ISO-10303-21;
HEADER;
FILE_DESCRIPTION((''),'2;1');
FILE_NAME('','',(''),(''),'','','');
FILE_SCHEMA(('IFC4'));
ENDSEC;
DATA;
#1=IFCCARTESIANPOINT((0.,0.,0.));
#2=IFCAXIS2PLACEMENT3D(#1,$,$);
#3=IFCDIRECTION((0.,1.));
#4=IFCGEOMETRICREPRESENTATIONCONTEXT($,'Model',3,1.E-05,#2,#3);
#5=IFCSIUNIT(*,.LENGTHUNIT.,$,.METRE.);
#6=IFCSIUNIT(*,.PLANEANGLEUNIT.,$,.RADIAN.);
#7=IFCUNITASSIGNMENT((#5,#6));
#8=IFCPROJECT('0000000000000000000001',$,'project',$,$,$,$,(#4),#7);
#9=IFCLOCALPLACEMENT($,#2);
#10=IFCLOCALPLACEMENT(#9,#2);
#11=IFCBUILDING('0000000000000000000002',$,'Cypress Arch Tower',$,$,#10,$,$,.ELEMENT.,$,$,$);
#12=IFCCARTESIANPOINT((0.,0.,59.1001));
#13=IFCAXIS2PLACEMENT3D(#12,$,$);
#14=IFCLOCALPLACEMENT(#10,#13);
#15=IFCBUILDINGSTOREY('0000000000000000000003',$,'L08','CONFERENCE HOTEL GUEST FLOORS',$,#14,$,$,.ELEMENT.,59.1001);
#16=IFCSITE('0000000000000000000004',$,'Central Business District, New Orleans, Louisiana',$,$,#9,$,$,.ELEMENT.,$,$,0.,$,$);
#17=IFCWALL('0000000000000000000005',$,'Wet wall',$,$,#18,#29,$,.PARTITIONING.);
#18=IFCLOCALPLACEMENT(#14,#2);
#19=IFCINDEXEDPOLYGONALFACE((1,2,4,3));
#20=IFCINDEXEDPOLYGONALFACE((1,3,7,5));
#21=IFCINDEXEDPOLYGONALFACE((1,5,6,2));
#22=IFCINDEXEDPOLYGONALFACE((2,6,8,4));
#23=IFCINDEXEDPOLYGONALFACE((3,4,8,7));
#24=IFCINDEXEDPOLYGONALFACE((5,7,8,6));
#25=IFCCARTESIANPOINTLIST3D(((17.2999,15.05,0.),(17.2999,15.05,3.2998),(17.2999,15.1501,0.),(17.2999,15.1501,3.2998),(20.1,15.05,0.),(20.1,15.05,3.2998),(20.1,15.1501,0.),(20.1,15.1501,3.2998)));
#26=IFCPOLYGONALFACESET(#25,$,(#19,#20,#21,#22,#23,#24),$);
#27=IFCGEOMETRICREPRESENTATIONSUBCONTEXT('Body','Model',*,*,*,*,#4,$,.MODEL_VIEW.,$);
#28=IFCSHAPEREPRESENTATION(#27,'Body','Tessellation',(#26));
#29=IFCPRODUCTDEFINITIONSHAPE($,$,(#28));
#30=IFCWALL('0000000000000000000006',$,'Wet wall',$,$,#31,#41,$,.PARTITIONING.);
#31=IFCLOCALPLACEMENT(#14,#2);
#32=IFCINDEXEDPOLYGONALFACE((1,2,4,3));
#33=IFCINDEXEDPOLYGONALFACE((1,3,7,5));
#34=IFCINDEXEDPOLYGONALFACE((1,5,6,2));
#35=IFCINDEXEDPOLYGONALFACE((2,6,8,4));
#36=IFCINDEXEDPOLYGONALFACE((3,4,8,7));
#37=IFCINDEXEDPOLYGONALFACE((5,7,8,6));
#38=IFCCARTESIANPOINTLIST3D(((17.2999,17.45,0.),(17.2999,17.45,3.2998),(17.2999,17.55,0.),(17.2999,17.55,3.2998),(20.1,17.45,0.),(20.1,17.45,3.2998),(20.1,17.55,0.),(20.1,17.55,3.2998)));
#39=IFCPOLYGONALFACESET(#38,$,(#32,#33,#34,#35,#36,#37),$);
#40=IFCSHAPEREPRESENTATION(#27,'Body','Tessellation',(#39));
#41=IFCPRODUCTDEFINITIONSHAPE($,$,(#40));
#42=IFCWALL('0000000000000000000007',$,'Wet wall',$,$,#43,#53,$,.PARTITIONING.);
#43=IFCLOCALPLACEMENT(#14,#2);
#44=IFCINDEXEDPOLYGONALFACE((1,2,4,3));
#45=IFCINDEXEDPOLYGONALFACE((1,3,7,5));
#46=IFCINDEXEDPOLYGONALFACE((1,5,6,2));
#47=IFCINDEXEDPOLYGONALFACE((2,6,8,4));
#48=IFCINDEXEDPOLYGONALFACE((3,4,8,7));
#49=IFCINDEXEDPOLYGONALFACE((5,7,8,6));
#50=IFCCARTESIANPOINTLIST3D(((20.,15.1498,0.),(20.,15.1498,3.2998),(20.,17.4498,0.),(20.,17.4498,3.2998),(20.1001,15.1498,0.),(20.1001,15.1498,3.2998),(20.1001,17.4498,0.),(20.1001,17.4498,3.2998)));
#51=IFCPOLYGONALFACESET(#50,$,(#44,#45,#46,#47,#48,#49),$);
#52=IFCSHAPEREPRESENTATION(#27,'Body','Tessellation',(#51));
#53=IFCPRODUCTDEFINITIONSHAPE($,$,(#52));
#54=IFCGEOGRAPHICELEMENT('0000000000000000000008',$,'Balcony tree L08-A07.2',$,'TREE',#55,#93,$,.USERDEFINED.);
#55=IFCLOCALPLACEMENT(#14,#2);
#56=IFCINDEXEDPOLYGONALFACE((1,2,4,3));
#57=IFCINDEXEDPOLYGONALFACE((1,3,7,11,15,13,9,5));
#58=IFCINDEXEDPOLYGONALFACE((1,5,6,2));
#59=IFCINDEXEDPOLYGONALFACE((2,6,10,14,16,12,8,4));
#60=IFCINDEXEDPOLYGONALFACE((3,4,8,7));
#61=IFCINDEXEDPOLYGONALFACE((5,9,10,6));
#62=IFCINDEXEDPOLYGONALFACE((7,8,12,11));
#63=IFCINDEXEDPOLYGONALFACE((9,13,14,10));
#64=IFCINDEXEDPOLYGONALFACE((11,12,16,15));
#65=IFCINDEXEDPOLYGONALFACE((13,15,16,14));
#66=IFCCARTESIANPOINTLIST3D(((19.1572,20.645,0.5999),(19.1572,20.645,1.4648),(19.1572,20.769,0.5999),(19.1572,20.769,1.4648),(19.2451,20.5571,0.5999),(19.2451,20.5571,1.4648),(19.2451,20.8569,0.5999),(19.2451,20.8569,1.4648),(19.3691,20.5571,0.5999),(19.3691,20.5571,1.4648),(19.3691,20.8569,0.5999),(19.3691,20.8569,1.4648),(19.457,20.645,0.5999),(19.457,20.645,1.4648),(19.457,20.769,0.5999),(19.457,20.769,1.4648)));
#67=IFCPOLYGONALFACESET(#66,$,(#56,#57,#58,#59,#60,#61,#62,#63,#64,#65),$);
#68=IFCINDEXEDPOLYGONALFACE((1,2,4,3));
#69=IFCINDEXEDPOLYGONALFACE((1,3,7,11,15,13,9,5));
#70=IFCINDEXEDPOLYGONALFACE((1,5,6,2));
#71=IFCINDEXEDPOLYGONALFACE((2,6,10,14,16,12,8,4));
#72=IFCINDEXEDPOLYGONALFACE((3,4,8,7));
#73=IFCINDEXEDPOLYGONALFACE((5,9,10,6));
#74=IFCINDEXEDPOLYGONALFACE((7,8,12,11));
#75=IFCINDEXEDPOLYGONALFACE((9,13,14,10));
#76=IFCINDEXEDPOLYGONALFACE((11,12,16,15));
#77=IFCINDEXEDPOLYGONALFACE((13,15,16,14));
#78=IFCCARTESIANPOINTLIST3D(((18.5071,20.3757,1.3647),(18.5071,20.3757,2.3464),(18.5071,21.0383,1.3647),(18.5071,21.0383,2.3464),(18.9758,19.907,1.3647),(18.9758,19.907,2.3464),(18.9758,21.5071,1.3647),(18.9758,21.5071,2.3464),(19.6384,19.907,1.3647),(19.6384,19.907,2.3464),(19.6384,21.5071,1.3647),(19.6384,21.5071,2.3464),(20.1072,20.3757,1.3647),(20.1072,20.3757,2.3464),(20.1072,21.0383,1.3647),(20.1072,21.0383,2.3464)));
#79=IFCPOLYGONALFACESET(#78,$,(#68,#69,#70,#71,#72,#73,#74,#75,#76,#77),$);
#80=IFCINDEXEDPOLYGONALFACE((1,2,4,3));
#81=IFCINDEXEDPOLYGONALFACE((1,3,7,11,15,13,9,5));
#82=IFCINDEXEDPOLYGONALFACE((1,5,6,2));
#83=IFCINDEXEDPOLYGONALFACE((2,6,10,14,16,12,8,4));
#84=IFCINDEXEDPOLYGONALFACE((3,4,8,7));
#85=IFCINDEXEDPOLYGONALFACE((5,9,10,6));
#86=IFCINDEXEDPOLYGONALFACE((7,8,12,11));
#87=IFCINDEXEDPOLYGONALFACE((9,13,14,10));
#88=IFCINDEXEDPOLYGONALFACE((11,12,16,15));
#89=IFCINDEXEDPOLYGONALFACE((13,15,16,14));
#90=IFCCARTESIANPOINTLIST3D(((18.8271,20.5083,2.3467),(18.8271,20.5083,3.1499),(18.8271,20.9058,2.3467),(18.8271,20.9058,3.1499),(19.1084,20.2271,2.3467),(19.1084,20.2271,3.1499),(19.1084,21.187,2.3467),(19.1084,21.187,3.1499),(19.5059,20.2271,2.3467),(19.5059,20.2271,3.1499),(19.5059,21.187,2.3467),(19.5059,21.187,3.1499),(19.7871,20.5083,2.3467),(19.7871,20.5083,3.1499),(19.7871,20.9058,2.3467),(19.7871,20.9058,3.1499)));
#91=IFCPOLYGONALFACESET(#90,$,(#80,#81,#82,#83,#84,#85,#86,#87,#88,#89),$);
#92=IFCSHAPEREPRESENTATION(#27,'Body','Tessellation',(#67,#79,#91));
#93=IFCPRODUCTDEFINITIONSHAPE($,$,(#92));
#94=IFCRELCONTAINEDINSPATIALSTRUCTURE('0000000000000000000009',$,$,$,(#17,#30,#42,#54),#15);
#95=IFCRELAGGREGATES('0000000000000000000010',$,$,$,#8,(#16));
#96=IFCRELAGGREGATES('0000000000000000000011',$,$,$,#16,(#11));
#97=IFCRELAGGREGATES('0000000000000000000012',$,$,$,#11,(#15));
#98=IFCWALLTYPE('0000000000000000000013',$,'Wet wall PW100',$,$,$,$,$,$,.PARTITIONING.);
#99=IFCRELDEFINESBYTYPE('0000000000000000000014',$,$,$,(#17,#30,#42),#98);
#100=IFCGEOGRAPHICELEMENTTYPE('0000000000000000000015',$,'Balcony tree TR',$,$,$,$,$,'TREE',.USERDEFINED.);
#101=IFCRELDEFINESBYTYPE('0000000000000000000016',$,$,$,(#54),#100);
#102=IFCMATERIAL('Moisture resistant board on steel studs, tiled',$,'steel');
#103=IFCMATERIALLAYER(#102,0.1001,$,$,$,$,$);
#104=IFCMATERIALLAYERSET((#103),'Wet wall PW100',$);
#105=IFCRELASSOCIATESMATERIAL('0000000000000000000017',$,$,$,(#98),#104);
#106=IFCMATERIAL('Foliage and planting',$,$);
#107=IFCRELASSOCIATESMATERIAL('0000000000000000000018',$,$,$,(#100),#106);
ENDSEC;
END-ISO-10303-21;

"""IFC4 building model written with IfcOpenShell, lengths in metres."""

from ifc_helpers import new_model, si_unit, direction, frame, frame_2d, origin, place, context, subcontext, project, spatial, polyline, rectangle, outline, extrude, material, layer, layer_set, type_object, element, save


model = new_model("IFC4")

# Units and contexts
model_context = context("Model", 3, precision=1e-05, world=origin(), true_north=direction((0.0, 1.0)))
body_context = subcontext(model_context, "Body", "Model", "MODEL_VIEW")
ifc_project = project(units=[si_unit("LENGTHUNIT", "METRE"), si_unit("PLANEANGLEUNIT", "RADIAN")], contexts=[model_context])

# Site, building, storey
site_placement = place(None, origin())
site = spatial("IfcSite", under=ifc_project, at=site_placement, Name="Central Business District, New Orleans, Louisiana", CompositionType="ELEMENT", RefElevation=0.0)
building_placement = place(site_placement, origin())
building = spatial("IfcBuilding", under=site, at=building_placement, Name="Cypress Arch Tower", CompositionType="ELEMENT")
storey_placement = place(building_placement, frame((0.0, 0.0, 59.1001)))
storey = spatial("IfcBuildingStorey", under=building, at=storey_placement, Name="L08", Description="CONFERENCE HOTEL GUEST FLOORS", CompositionType="ELEMENT", Elevation=59.1001)

# Shared definitions
ifc_material_1 = material(Name="Moisture resistant board on steel studs, tiled", Category="steel")
ifc_layer_1 = layer(ifc_material_1, 0.1001)
ifc_layer_set_1 = layer_set([ifc_layer_1], Name="Wet wall PW100")
wall_type_1 = type_object("IfcWallType", Name="Wet wall PW100", PredefinedType="PARTITIONING", material=ifc_layer_set_1)

# Walls
for number, where, z_axis, x_axis, name in (
    (1, (17.3, 15.1001, 0.0), (0.0, 0.0, 1.0), (1.0, 0.0, 0.0), "Wet wall"),
    (2, (17.3, 17.5, 0.0), (0.0, 0.0, 1.0), (1.0, 0.0, 0.0), "Wet wall"),
):
    element("IfcWall", number, at=place(storey_placement, frame(where, z_axis=z_axis, x_axis=x_axis)), inside=storey, type_object=wall_type_1, Name=name, PredefinedType="PARTITIONING", context=body_context, shape_type="SweptSolid", body=[
        extrude(rectangle(XDim=2.8, YDim=0.1001, at=frame_2d((1.3999, 0.0))), origin(), (0.0, 0.0, 1.0), 3.2998),
    ])
wall_1_placement = place(storey_placement, frame((20.05, 15.1499, 0.0), z_axis=(0.0, 0.0, 1.0), x_axis=(0.0, 1.0, 0.0)))
element("IfcWall", 3, at=wall_1_placement, inside=storey, type_object=wall_type_1, Name="Wet wall", PredefinedType="PARTITIONING", context=body_context, shape_type="SweptSolid", body=[
    extrude(rectangle(XDim=2.3, YDim=0.1001, at=frame_2d((1.1499, 0.0))), origin(), (0.0, 0.0, 1.0), 3.2998),
])

# Geographic element
ifc_material_2 = material(Name="Foliage and planting")
geographic_element_type = type_object("IfcGeographicElementType", Name="Balcony tree TR", ElementType="TREE", PredefinedType="USERDEFINED", material=ifc_material_2)
geographic_element_placement = place(storey_placement, frame((19.3071, 20.707, 0.5999), z_axis=(0.0, 0.0, 1.0), x_axis=(1.0, 0.0, 0.0)))
element("IfcGeographicElement", 4, at=geographic_element_placement, inside=storey, type_object=geographic_element_type, Name="Balcony tree L08-A07.2", ObjectType="TREE", PredefinedType="USERDEFINED", context=body_context, shape_type="SweptSolid", body=[
    extrude(outline(polyline([(0.1499, 0.062), (0.062, 0.1499), (-0.062, 0.1499), (-0.1499, 0.062), (-0.1499, -0.062), (-0.062, -0.1499), (0.062, -0.1499), (0.1499, -0.062), (0.1499, 0.062)])), origin(), (0.0, 0.0, 1.0), 0.865),
    extrude(outline(polyline([(0.8, 0.3313), (0.3313, 0.8), (-0.3313, 0.8), (-0.8, 0.3313), (-0.8, -0.3313), (-0.3313, -0.8), (0.3313, -0.8), (0.8, -0.3313), (0.8, 0.3313)])), frame((0.0, 0.0, 0.7649)), (0.0, 0.0, 1.0), 0.9817),
    extrude(outline(polyline([(0.48, 0.1987), (0.1987, 0.48), (-0.1987, 0.48), (-0.48, 0.1987), (-0.48, -0.1987), (-0.1987, -0.48), (0.1987, -0.48), (0.48, -0.1987), (0.48, 0.1987)])), frame((0.0, 0.0, 1.7468)), (0.0, 0.0, 1.0), 0.8032),
])

save(model, "model.ifc")
